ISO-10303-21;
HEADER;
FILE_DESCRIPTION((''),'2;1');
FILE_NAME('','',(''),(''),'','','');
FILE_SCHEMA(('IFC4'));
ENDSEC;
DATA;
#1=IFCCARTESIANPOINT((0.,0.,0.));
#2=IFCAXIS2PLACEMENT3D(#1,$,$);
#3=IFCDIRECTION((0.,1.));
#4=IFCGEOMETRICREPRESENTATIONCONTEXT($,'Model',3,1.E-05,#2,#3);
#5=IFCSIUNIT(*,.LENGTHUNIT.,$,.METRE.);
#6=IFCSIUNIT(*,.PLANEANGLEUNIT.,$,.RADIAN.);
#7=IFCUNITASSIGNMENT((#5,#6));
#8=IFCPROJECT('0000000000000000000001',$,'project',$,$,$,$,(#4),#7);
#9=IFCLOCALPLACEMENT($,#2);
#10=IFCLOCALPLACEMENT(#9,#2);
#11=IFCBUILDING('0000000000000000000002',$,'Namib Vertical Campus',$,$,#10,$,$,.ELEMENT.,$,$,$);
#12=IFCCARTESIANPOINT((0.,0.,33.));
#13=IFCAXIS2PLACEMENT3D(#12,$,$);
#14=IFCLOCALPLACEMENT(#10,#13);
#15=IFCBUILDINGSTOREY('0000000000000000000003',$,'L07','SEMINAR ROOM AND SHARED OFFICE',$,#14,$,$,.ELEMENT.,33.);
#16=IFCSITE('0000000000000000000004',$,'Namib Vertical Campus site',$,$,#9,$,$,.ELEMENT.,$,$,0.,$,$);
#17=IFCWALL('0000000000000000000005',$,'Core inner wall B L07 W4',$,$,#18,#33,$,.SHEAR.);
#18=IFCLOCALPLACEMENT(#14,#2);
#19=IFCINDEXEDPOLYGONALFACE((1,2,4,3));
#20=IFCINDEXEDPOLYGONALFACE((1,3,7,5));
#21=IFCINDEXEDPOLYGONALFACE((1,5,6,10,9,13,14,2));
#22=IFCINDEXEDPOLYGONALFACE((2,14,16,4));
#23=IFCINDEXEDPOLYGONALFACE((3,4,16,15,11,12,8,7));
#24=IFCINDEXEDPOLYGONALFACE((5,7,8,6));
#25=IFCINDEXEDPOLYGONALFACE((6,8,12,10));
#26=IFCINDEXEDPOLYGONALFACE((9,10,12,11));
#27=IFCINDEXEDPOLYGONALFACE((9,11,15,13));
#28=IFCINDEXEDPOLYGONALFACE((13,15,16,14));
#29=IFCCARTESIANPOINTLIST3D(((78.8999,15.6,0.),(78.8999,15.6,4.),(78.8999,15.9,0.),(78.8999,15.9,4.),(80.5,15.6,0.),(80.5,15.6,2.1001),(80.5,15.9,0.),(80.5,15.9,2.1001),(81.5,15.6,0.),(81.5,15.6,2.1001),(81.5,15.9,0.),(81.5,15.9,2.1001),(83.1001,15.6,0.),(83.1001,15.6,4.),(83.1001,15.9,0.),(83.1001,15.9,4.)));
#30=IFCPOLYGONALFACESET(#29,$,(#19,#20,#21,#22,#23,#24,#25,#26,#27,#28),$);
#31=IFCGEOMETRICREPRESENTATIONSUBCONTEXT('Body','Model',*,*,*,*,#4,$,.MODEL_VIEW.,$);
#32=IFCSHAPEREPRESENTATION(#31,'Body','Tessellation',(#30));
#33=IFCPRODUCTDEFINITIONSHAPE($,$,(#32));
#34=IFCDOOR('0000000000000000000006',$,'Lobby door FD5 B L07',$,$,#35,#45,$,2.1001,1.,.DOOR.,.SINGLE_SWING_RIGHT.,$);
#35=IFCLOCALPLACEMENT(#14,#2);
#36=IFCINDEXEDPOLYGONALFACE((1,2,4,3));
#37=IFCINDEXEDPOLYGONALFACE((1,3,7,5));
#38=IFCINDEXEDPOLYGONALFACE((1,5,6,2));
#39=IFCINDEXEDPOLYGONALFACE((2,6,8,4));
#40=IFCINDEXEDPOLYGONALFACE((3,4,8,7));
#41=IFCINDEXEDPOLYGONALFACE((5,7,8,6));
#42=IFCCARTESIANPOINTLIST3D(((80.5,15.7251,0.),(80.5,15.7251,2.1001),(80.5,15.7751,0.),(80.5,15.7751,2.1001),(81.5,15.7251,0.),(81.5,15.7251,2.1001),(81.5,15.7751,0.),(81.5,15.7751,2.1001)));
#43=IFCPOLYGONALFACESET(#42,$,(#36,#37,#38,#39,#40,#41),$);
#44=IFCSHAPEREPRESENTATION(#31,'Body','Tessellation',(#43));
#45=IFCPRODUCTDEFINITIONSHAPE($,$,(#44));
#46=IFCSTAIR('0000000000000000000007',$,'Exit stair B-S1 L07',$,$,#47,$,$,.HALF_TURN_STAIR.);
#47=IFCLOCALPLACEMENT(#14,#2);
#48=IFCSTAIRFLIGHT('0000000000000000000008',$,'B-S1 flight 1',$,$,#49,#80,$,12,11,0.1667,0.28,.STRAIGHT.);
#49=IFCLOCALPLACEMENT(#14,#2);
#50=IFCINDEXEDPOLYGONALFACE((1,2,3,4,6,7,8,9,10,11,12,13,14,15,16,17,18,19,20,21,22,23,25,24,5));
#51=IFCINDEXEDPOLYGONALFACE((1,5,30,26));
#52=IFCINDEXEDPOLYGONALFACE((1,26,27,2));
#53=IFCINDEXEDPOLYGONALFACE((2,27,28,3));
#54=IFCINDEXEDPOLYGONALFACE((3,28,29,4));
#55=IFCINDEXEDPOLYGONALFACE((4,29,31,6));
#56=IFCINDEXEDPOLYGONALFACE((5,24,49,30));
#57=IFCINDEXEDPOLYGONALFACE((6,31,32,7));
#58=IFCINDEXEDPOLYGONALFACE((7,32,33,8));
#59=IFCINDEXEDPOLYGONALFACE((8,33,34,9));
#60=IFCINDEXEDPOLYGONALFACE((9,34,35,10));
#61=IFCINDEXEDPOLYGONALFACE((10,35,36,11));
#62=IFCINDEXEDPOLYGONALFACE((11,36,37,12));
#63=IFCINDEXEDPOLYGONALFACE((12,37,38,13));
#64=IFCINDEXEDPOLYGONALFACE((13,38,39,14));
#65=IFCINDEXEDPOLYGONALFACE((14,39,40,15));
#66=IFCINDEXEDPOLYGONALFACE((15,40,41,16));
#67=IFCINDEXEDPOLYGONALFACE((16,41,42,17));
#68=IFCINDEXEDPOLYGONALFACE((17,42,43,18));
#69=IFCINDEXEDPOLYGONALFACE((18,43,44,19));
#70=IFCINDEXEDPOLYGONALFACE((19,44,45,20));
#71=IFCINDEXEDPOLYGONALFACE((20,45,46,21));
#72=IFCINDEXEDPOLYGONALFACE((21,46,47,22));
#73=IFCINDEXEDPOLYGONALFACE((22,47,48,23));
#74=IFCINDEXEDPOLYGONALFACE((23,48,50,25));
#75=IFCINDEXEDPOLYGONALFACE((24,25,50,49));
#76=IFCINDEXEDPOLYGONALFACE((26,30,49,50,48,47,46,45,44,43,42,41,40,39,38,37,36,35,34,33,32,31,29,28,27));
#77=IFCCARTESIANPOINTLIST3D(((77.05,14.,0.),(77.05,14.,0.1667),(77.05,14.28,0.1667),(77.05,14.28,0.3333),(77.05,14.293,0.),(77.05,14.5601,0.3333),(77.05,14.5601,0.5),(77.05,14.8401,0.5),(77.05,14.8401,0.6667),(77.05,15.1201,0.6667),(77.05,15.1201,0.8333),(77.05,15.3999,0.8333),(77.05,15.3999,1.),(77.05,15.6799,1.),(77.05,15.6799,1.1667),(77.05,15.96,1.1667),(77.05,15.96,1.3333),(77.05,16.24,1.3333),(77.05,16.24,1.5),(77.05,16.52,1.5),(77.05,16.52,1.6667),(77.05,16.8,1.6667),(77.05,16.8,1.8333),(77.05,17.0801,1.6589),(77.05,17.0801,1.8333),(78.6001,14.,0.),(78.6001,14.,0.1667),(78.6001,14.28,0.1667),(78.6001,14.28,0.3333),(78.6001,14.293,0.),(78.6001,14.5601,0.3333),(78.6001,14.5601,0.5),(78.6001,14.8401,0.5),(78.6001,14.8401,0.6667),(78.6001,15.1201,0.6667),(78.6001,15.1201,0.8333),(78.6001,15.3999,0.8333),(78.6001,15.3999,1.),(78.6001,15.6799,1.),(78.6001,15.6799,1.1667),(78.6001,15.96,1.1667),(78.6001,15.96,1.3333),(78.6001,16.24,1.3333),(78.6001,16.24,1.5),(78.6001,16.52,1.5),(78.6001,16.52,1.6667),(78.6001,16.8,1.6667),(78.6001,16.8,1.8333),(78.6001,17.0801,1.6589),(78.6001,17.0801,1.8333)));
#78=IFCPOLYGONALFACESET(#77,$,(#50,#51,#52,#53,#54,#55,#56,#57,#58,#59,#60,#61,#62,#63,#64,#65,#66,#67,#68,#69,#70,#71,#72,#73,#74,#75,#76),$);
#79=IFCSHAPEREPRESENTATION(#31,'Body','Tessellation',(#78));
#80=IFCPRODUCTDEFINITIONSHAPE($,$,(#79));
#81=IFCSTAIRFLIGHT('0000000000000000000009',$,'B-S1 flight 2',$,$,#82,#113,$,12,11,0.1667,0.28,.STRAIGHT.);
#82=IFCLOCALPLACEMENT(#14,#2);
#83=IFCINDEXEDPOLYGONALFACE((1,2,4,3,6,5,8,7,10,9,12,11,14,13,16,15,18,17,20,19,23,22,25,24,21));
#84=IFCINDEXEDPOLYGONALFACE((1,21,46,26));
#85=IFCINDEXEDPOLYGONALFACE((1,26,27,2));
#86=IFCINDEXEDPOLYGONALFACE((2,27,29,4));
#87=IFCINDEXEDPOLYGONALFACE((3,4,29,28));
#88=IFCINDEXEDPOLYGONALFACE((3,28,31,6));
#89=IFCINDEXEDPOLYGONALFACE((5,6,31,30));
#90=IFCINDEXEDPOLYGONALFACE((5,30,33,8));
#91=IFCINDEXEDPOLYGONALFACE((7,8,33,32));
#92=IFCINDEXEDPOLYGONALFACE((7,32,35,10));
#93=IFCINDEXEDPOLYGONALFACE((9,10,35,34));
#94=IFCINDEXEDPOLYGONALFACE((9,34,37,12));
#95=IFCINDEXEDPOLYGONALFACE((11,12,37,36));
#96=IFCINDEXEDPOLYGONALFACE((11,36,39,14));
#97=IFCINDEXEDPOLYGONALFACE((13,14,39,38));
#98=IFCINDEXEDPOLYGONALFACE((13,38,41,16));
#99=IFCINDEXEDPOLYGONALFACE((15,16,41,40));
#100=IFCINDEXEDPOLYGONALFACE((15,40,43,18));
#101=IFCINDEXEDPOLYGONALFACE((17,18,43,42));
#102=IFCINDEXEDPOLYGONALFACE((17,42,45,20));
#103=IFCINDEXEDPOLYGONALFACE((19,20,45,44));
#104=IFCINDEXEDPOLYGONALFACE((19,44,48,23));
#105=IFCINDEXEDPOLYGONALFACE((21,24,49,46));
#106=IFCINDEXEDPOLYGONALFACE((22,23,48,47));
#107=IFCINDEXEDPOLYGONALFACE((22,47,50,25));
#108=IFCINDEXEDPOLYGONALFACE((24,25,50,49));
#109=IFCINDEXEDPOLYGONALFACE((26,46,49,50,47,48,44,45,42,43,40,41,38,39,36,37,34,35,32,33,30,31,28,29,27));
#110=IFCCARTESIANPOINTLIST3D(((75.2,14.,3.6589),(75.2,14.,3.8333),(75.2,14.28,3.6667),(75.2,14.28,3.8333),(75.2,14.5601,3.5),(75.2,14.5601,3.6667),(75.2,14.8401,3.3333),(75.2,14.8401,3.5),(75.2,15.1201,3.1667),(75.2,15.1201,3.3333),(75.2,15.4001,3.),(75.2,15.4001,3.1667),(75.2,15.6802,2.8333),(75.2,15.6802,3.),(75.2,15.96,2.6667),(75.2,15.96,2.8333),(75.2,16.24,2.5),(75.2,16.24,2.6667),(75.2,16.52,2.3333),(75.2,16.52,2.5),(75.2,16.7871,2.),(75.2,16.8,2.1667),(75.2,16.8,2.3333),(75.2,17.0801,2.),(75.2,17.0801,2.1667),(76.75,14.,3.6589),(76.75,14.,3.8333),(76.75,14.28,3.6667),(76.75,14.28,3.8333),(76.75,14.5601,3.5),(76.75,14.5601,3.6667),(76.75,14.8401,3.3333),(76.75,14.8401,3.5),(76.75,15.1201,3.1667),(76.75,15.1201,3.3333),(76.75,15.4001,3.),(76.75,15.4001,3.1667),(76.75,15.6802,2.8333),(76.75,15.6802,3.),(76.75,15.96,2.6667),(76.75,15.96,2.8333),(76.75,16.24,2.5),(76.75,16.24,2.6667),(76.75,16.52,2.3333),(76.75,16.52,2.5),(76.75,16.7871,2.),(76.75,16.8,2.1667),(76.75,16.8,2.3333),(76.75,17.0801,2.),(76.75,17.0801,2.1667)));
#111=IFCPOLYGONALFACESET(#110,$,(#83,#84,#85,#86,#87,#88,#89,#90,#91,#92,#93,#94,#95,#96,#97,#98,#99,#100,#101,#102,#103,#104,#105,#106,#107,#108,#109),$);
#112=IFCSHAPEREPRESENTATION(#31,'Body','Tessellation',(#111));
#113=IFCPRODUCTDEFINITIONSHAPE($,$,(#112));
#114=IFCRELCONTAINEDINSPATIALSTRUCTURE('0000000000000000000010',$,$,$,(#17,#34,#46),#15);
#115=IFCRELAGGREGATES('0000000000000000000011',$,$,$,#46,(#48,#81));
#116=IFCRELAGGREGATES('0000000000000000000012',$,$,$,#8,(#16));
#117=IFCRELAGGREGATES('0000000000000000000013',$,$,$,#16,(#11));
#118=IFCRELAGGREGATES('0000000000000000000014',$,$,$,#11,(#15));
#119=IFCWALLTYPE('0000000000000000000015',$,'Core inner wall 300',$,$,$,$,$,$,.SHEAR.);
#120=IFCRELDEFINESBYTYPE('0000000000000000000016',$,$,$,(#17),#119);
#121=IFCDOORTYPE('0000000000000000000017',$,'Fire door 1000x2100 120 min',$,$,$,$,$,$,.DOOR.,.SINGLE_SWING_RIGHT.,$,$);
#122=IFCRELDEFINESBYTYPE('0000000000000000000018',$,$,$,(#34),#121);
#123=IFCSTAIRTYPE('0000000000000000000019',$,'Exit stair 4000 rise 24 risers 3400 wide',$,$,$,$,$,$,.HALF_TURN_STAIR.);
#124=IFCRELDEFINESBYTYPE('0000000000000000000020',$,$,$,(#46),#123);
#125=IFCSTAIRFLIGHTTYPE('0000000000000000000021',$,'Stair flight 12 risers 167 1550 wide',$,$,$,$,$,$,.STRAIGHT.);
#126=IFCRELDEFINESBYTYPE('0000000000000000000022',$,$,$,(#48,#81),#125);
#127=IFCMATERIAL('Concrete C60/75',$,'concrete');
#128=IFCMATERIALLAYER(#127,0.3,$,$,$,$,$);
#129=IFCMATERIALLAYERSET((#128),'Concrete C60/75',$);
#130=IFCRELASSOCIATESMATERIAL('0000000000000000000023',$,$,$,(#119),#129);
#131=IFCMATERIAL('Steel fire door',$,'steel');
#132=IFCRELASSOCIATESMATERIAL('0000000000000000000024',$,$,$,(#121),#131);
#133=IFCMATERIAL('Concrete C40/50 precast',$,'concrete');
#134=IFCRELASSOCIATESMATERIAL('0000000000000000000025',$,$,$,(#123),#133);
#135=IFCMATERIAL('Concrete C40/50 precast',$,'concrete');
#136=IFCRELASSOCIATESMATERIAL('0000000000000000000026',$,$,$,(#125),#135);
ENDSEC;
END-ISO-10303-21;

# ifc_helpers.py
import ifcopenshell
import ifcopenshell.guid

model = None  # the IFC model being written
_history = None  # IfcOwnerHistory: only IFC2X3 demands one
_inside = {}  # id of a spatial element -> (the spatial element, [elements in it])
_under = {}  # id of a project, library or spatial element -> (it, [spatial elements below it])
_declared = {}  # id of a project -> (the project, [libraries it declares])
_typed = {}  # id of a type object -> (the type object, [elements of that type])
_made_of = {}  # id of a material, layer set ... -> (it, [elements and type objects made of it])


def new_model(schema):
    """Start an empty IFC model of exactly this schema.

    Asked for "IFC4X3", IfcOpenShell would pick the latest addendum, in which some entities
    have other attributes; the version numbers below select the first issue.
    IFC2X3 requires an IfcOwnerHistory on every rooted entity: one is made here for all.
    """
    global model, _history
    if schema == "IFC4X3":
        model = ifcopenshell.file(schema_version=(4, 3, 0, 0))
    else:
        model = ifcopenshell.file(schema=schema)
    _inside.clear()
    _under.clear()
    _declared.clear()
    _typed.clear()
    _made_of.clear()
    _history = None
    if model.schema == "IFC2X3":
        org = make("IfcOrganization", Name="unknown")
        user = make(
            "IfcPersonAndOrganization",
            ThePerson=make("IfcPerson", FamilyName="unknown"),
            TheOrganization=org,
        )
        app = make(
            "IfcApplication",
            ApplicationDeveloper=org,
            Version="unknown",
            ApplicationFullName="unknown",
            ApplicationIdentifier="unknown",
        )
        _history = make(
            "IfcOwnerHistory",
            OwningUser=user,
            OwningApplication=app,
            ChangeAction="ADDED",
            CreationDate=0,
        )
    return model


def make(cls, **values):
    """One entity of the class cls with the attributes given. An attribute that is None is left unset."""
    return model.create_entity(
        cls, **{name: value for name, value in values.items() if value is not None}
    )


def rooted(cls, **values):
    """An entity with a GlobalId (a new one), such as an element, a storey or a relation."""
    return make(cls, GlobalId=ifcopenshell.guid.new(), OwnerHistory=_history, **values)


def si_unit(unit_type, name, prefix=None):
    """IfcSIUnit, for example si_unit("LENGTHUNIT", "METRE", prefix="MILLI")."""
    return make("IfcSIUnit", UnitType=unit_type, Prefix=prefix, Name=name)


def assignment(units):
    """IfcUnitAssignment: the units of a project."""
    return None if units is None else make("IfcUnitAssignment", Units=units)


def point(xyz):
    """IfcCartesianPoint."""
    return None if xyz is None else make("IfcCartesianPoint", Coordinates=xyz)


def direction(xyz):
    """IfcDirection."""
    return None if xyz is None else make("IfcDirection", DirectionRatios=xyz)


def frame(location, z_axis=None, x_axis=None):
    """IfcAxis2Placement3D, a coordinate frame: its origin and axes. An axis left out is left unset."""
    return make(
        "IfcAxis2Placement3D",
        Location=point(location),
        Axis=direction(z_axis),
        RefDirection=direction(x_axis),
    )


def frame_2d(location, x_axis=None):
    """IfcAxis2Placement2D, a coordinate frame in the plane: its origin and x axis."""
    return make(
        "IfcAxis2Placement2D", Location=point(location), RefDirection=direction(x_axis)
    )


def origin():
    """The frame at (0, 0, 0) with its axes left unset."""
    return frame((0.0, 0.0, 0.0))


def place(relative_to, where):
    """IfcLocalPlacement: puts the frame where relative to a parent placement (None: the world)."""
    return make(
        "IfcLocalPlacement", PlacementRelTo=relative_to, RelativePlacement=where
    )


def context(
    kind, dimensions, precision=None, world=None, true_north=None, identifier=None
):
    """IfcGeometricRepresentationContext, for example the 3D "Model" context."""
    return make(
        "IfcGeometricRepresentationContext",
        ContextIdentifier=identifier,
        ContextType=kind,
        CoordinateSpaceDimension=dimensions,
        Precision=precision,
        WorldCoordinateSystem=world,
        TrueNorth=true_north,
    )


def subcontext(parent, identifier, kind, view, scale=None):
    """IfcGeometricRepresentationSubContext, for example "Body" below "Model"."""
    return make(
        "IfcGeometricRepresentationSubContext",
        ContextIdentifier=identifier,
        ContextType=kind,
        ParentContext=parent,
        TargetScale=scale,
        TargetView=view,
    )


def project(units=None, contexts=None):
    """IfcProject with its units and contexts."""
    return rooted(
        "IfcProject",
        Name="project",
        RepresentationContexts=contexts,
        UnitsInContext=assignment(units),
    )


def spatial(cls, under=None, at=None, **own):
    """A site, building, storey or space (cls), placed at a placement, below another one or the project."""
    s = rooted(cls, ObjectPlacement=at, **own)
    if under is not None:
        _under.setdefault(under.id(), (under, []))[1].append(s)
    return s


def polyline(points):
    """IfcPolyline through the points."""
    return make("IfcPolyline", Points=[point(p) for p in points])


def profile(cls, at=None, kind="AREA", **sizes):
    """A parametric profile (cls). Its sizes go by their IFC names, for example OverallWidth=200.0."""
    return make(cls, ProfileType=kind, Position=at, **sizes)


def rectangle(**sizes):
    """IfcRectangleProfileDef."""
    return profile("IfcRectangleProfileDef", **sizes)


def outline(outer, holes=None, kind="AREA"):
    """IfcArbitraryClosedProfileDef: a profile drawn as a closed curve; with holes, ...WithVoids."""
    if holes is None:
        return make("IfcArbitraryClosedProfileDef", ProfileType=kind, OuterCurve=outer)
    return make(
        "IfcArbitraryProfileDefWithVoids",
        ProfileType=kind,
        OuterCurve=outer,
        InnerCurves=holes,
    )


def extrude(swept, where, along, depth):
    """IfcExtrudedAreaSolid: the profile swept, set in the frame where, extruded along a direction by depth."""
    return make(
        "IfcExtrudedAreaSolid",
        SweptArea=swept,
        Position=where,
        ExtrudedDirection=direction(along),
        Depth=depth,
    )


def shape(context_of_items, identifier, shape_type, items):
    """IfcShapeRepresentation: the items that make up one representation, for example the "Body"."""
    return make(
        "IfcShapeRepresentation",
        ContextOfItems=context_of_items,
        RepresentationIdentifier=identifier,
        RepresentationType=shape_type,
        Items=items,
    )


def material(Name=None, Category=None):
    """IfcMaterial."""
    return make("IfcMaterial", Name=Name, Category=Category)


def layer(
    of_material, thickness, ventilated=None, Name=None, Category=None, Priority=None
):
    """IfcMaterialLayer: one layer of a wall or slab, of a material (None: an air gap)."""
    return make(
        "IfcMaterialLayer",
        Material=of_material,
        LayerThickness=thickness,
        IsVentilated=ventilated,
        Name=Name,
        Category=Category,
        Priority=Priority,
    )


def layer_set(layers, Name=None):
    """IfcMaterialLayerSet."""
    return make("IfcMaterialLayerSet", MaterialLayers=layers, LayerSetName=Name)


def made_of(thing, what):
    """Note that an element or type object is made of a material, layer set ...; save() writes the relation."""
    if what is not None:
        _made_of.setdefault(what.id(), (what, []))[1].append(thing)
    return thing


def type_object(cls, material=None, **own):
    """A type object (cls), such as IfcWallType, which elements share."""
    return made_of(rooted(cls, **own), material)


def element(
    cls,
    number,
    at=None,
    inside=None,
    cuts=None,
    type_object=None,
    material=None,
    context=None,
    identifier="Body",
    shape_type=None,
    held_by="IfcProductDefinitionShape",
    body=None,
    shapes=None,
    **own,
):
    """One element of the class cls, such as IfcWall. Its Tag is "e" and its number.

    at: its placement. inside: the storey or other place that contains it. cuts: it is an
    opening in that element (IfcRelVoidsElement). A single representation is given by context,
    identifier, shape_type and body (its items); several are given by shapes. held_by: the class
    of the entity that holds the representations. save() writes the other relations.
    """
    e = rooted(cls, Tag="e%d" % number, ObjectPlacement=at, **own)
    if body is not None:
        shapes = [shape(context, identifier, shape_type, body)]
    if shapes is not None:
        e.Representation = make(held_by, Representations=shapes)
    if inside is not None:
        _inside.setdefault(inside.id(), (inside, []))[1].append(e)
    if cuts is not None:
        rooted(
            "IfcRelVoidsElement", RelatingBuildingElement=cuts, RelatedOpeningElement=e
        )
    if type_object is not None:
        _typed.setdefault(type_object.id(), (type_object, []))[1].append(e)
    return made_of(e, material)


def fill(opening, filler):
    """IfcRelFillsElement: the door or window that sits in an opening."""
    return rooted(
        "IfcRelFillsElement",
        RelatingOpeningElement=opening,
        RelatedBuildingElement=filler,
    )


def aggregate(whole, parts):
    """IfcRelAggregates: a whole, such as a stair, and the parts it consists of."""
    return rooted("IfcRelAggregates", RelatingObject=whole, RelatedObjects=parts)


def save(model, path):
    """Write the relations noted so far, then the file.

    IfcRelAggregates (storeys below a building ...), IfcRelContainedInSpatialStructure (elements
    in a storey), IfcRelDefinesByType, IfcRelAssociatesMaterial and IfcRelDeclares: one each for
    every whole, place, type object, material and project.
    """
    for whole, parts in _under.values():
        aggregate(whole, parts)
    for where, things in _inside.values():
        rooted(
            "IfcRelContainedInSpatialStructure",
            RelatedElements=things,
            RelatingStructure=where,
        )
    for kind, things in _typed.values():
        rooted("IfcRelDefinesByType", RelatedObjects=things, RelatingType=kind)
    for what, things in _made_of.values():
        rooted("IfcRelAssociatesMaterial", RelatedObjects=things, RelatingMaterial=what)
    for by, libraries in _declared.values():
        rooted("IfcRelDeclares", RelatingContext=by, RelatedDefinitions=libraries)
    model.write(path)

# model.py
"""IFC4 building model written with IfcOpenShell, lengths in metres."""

from ifc_helpers import new_model, si_unit, direction, frame, frame_2d, origin, place, context, subcontext, project, spatial, polyline, rectangle, outline, extrude, material, layer, layer_set, type_object, element, fill, aggregate, save


model = new_model("IFC4")

# Units and contexts
model_context = context("Model", 3, precision=1e-05, world=origin(), true_north=direction((0.0, 1.0)))
body_context = subcontext(model_context, "Body", "Model", "MODEL_VIEW")
ifc_project = project(units=[si_unit("LENGTHUNIT", "METRE"), si_unit("PLANEANGLEUNIT", "RADIAN")], contexts=[model_context])

# Site, building, storey
site_placement = place(None, origin())
site = spatial("IfcSite", under=ifc_project, at=site_placement, Name="Namib Vertical Campus site", CompositionType="ELEMENT", RefElevation=0.0)
building_placement = place(site_placement, origin())
building = spatial("IfcBuilding", under=site, at=building_placement, Name="Namib Vertical Campus", CompositionType="ELEMENT")
storey_placement = place(building_placement, frame((0.0, 0.0, 33.0)))
storey = spatial("IfcBuildingStorey", under=building, at=storey_placement, Name="L07", Description="SEMINAR ROOM AND SHARED OFFICE", CompositionType="ELEMENT", Elevation=33.0)

# Shared definitions
ifc_material_1 = material(Name="Concrete C60/75", Category="concrete")
ifc_layer = layer(ifc_material_1, 0.3)
ifc_layer_set = layer_set([ifc_layer], Name="Concrete C60/75")
wall_type = type_object("IfcWallType", Name="Core inner wall 300", PredefinedType="SHEAR", material=ifc_layer_set)

# Wall, opening, door
wall_1_placement = place(storey_placement, frame((78.8999, 15.75, 0.0), z_axis=(0.0, 0.0, 1.0), x_axis=(1.0, 0.0, 0.0)))
wall_1 = element("IfcWall", 1, at=wall_1_placement, inside=storey, type_object=wall_type, Name="Core inner wall B L07 W4", PredefinedType="SHEAR", context=body_context, shape_type="SweptSolid", body=[
    extrude(rectangle(XDim=4.2002, YDim=0.3, at=frame_2d((2.1001, 0.0))), origin(), (0.0, 0.0, 1.0), 4.0),
])
opening_1_placement = place(wall_1_placement, frame((1.6001, 0.0, 0.0)))
opening_1 = element("IfcOpeningElement", 2, at=opening_1_placement, cuts=wall_1, PredefinedType="OPENING", context=body_context, shape_type="SweptSolid", body=[
    extrude(rectangle(XDim=1.0, YDim=2.1001, at=frame_2d((0.5, 1.05))), frame((0.0, 0.1599, 0.0), z_axis=(0.0, -1.0, 0.0), x_axis=(1.0, 0.0, 0.0)), (0.0, 0.0, 1.0), 0.3201),
])
ifc_material_2 = material(Name="Steel fire door", Category="steel")
door_type_1 = type_object("IfcDoorType", Name="Fire door 1000x2100 120 min", OperationType="SINGLE_SWING_RIGHT", PredefinedType="DOOR", material=ifc_material_2)
door_1_placement = place(opening_1_placement, frame((1.0, 0.0, 0.0), z_axis=(0.0, 0.0, 1.0), x_axis=(-1.0, 0.0, 0.0)))
door_1 = element("IfcDoor", 3, at=door_1_placement, inside=storey, type_object=door_type_1, Name="Lobby door FD5 B L07", OperationType="SINGLE_SWING_RIGHT", OverallHeight=2.1001, OverallWidth=1.0, PredefinedType="DOOR", context=body_context, shape_type="SweptSolid", body=[
    extrude(rectangle(XDim=1.0, YDim=2.1001, at=frame_2d((0.5, 1.05))), frame((0.0, 0.0249, 0.0), z_axis=(0.0, -1.0, 0.0), x_axis=(1.0, 0.0, 0.0)), (0.0, 0.0, 1.0), 0.05),
])
fill(opening_1, door_1)

# Stair, stair flights
ifc_material_3 = material(Name="Concrete C40/50 precast", Category="concrete")
stair_type = type_object("IfcStairType", Name="Exit stair 4000 rise 24 risers 3400 wide", PredefinedType="HALF_TURN_STAIR", material=ifc_material_3)
stair_placement = place(storey_placement, origin())
stair = element("IfcStair", 4, at=stair_placement, inside=storey, type_object=stair_type, Name="Exit stair B-S1 L07", PredefinedType="HALF_TURN_STAIR")
ifc_material_4 = material(Name="Concrete C40/50 precast", Category="concrete")
stair_flight_type = type_object("IfcStairFlightType", Name="Stair flight 12 risers 167 1550 wide", PredefinedType="STRAIGHT", material=ifc_material_4)
stair_flight_1_placement = place(storey_placement, frame((77.825, 14.0, 0.0), z_axis=(0.0, 0.0, 1.0), x_axis=(0.0, 1.0, 0.0)))
stair_flight_1 = element("IfcStairFlight", 5, at=stair_flight_1_placement, type_object=stair_flight_type, Name="B-S1 flight 1", NumberOfRisers=12, NumberOfTreads=11, PredefinedType="STRAIGHT", RiserHeight=0.1667, TreadLength=0.28, context=body_context, shape_type="SweptSolid", body=[
    extrude(outline(polyline([(0.0, 0.0), (0.0, 0.1667), (0.28, 0.1667), (0.28, 0.3333), (0.5601, 0.3333), (0.5601, 0.5), (0.8401, 0.5), (0.8401, 0.6667), (1.1201, 0.6667), (1.1201, 0.8333), (1.3999, 0.8333), (1.3999, 1.0), (1.6799, 1.0), (1.6799, 1.1667), (1.96, 1.1667), (1.96, 1.3333), (2.24, 1.3333), (2.24, 1.5), (2.52, 1.5), (2.52, 1.6667), (2.8, 1.6667), (2.8, 1.8333), (3.0801, 1.8333), (3.0801, 2.0), (3.0801, 1.6589), (0.293, 0.0), (0.0, 0.0)])), frame((0.0, 0.7749, 0.0), z_axis=(0.0, -1.0, 0.0), x_axis=(1.0, 0.0, 0.0)), (0.0, 0.0, 1.0), 1.55),
])
stair_flight_2_placement = place(storey_placement, frame((75.9751, 17.0801, 2.0), z_axis=(0.0, 0.0, 1.0), x_axis=(0.0, -1.0, 0.0)))
stair_flight_2 = element("IfcStairFlight", 6, at=stair_flight_2_placement, type_object=stair_flight_type, Name="B-S1 flight 2", NumberOfRisers=12, NumberOfTreads=11, PredefinedType="STRAIGHT", RiserHeight=0.1667, TreadLength=0.28, context=body_context, shape_type="SweptSolid", body=[
    extrude(outline(polyline([(0.0, 0.0), (0.0, 0.1667), (0.28, 0.1667), (0.28, 0.3333), (0.5601, 0.3333), (0.5601, 0.5), (0.8401, 0.5), (0.8401, 0.6667), (1.1201, 0.6667), (1.1201, 0.8333), (1.3999, 0.8333), (1.3999, 1.0), (1.6799, 1.0), (1.6799, 1.1667), (1.96, 1.1667), (1.96, 1.3333), (2.24, 1.3333), (2.24, 1.5), (2.52, 1.5), (2.52, 1.6667), (2.8, 1.6667), (2.8, 1.8333), (3.0801, 1.8333), (3.0801, 2.0), (3.0801, 1.6589), (0.293, 0.0), (0.0, 0.0)])), frame((0.0, 0.7749, 0.0), z_axis=(0.0, -1.0, 0.0), x_axis=(1.0, 0.0, 0.0)), (0.0, 0.0, 1.0), 1.55),
])
aggregate(stair, [stair_flight_1, stair_flight_2])

save(model, "model.ifc")
